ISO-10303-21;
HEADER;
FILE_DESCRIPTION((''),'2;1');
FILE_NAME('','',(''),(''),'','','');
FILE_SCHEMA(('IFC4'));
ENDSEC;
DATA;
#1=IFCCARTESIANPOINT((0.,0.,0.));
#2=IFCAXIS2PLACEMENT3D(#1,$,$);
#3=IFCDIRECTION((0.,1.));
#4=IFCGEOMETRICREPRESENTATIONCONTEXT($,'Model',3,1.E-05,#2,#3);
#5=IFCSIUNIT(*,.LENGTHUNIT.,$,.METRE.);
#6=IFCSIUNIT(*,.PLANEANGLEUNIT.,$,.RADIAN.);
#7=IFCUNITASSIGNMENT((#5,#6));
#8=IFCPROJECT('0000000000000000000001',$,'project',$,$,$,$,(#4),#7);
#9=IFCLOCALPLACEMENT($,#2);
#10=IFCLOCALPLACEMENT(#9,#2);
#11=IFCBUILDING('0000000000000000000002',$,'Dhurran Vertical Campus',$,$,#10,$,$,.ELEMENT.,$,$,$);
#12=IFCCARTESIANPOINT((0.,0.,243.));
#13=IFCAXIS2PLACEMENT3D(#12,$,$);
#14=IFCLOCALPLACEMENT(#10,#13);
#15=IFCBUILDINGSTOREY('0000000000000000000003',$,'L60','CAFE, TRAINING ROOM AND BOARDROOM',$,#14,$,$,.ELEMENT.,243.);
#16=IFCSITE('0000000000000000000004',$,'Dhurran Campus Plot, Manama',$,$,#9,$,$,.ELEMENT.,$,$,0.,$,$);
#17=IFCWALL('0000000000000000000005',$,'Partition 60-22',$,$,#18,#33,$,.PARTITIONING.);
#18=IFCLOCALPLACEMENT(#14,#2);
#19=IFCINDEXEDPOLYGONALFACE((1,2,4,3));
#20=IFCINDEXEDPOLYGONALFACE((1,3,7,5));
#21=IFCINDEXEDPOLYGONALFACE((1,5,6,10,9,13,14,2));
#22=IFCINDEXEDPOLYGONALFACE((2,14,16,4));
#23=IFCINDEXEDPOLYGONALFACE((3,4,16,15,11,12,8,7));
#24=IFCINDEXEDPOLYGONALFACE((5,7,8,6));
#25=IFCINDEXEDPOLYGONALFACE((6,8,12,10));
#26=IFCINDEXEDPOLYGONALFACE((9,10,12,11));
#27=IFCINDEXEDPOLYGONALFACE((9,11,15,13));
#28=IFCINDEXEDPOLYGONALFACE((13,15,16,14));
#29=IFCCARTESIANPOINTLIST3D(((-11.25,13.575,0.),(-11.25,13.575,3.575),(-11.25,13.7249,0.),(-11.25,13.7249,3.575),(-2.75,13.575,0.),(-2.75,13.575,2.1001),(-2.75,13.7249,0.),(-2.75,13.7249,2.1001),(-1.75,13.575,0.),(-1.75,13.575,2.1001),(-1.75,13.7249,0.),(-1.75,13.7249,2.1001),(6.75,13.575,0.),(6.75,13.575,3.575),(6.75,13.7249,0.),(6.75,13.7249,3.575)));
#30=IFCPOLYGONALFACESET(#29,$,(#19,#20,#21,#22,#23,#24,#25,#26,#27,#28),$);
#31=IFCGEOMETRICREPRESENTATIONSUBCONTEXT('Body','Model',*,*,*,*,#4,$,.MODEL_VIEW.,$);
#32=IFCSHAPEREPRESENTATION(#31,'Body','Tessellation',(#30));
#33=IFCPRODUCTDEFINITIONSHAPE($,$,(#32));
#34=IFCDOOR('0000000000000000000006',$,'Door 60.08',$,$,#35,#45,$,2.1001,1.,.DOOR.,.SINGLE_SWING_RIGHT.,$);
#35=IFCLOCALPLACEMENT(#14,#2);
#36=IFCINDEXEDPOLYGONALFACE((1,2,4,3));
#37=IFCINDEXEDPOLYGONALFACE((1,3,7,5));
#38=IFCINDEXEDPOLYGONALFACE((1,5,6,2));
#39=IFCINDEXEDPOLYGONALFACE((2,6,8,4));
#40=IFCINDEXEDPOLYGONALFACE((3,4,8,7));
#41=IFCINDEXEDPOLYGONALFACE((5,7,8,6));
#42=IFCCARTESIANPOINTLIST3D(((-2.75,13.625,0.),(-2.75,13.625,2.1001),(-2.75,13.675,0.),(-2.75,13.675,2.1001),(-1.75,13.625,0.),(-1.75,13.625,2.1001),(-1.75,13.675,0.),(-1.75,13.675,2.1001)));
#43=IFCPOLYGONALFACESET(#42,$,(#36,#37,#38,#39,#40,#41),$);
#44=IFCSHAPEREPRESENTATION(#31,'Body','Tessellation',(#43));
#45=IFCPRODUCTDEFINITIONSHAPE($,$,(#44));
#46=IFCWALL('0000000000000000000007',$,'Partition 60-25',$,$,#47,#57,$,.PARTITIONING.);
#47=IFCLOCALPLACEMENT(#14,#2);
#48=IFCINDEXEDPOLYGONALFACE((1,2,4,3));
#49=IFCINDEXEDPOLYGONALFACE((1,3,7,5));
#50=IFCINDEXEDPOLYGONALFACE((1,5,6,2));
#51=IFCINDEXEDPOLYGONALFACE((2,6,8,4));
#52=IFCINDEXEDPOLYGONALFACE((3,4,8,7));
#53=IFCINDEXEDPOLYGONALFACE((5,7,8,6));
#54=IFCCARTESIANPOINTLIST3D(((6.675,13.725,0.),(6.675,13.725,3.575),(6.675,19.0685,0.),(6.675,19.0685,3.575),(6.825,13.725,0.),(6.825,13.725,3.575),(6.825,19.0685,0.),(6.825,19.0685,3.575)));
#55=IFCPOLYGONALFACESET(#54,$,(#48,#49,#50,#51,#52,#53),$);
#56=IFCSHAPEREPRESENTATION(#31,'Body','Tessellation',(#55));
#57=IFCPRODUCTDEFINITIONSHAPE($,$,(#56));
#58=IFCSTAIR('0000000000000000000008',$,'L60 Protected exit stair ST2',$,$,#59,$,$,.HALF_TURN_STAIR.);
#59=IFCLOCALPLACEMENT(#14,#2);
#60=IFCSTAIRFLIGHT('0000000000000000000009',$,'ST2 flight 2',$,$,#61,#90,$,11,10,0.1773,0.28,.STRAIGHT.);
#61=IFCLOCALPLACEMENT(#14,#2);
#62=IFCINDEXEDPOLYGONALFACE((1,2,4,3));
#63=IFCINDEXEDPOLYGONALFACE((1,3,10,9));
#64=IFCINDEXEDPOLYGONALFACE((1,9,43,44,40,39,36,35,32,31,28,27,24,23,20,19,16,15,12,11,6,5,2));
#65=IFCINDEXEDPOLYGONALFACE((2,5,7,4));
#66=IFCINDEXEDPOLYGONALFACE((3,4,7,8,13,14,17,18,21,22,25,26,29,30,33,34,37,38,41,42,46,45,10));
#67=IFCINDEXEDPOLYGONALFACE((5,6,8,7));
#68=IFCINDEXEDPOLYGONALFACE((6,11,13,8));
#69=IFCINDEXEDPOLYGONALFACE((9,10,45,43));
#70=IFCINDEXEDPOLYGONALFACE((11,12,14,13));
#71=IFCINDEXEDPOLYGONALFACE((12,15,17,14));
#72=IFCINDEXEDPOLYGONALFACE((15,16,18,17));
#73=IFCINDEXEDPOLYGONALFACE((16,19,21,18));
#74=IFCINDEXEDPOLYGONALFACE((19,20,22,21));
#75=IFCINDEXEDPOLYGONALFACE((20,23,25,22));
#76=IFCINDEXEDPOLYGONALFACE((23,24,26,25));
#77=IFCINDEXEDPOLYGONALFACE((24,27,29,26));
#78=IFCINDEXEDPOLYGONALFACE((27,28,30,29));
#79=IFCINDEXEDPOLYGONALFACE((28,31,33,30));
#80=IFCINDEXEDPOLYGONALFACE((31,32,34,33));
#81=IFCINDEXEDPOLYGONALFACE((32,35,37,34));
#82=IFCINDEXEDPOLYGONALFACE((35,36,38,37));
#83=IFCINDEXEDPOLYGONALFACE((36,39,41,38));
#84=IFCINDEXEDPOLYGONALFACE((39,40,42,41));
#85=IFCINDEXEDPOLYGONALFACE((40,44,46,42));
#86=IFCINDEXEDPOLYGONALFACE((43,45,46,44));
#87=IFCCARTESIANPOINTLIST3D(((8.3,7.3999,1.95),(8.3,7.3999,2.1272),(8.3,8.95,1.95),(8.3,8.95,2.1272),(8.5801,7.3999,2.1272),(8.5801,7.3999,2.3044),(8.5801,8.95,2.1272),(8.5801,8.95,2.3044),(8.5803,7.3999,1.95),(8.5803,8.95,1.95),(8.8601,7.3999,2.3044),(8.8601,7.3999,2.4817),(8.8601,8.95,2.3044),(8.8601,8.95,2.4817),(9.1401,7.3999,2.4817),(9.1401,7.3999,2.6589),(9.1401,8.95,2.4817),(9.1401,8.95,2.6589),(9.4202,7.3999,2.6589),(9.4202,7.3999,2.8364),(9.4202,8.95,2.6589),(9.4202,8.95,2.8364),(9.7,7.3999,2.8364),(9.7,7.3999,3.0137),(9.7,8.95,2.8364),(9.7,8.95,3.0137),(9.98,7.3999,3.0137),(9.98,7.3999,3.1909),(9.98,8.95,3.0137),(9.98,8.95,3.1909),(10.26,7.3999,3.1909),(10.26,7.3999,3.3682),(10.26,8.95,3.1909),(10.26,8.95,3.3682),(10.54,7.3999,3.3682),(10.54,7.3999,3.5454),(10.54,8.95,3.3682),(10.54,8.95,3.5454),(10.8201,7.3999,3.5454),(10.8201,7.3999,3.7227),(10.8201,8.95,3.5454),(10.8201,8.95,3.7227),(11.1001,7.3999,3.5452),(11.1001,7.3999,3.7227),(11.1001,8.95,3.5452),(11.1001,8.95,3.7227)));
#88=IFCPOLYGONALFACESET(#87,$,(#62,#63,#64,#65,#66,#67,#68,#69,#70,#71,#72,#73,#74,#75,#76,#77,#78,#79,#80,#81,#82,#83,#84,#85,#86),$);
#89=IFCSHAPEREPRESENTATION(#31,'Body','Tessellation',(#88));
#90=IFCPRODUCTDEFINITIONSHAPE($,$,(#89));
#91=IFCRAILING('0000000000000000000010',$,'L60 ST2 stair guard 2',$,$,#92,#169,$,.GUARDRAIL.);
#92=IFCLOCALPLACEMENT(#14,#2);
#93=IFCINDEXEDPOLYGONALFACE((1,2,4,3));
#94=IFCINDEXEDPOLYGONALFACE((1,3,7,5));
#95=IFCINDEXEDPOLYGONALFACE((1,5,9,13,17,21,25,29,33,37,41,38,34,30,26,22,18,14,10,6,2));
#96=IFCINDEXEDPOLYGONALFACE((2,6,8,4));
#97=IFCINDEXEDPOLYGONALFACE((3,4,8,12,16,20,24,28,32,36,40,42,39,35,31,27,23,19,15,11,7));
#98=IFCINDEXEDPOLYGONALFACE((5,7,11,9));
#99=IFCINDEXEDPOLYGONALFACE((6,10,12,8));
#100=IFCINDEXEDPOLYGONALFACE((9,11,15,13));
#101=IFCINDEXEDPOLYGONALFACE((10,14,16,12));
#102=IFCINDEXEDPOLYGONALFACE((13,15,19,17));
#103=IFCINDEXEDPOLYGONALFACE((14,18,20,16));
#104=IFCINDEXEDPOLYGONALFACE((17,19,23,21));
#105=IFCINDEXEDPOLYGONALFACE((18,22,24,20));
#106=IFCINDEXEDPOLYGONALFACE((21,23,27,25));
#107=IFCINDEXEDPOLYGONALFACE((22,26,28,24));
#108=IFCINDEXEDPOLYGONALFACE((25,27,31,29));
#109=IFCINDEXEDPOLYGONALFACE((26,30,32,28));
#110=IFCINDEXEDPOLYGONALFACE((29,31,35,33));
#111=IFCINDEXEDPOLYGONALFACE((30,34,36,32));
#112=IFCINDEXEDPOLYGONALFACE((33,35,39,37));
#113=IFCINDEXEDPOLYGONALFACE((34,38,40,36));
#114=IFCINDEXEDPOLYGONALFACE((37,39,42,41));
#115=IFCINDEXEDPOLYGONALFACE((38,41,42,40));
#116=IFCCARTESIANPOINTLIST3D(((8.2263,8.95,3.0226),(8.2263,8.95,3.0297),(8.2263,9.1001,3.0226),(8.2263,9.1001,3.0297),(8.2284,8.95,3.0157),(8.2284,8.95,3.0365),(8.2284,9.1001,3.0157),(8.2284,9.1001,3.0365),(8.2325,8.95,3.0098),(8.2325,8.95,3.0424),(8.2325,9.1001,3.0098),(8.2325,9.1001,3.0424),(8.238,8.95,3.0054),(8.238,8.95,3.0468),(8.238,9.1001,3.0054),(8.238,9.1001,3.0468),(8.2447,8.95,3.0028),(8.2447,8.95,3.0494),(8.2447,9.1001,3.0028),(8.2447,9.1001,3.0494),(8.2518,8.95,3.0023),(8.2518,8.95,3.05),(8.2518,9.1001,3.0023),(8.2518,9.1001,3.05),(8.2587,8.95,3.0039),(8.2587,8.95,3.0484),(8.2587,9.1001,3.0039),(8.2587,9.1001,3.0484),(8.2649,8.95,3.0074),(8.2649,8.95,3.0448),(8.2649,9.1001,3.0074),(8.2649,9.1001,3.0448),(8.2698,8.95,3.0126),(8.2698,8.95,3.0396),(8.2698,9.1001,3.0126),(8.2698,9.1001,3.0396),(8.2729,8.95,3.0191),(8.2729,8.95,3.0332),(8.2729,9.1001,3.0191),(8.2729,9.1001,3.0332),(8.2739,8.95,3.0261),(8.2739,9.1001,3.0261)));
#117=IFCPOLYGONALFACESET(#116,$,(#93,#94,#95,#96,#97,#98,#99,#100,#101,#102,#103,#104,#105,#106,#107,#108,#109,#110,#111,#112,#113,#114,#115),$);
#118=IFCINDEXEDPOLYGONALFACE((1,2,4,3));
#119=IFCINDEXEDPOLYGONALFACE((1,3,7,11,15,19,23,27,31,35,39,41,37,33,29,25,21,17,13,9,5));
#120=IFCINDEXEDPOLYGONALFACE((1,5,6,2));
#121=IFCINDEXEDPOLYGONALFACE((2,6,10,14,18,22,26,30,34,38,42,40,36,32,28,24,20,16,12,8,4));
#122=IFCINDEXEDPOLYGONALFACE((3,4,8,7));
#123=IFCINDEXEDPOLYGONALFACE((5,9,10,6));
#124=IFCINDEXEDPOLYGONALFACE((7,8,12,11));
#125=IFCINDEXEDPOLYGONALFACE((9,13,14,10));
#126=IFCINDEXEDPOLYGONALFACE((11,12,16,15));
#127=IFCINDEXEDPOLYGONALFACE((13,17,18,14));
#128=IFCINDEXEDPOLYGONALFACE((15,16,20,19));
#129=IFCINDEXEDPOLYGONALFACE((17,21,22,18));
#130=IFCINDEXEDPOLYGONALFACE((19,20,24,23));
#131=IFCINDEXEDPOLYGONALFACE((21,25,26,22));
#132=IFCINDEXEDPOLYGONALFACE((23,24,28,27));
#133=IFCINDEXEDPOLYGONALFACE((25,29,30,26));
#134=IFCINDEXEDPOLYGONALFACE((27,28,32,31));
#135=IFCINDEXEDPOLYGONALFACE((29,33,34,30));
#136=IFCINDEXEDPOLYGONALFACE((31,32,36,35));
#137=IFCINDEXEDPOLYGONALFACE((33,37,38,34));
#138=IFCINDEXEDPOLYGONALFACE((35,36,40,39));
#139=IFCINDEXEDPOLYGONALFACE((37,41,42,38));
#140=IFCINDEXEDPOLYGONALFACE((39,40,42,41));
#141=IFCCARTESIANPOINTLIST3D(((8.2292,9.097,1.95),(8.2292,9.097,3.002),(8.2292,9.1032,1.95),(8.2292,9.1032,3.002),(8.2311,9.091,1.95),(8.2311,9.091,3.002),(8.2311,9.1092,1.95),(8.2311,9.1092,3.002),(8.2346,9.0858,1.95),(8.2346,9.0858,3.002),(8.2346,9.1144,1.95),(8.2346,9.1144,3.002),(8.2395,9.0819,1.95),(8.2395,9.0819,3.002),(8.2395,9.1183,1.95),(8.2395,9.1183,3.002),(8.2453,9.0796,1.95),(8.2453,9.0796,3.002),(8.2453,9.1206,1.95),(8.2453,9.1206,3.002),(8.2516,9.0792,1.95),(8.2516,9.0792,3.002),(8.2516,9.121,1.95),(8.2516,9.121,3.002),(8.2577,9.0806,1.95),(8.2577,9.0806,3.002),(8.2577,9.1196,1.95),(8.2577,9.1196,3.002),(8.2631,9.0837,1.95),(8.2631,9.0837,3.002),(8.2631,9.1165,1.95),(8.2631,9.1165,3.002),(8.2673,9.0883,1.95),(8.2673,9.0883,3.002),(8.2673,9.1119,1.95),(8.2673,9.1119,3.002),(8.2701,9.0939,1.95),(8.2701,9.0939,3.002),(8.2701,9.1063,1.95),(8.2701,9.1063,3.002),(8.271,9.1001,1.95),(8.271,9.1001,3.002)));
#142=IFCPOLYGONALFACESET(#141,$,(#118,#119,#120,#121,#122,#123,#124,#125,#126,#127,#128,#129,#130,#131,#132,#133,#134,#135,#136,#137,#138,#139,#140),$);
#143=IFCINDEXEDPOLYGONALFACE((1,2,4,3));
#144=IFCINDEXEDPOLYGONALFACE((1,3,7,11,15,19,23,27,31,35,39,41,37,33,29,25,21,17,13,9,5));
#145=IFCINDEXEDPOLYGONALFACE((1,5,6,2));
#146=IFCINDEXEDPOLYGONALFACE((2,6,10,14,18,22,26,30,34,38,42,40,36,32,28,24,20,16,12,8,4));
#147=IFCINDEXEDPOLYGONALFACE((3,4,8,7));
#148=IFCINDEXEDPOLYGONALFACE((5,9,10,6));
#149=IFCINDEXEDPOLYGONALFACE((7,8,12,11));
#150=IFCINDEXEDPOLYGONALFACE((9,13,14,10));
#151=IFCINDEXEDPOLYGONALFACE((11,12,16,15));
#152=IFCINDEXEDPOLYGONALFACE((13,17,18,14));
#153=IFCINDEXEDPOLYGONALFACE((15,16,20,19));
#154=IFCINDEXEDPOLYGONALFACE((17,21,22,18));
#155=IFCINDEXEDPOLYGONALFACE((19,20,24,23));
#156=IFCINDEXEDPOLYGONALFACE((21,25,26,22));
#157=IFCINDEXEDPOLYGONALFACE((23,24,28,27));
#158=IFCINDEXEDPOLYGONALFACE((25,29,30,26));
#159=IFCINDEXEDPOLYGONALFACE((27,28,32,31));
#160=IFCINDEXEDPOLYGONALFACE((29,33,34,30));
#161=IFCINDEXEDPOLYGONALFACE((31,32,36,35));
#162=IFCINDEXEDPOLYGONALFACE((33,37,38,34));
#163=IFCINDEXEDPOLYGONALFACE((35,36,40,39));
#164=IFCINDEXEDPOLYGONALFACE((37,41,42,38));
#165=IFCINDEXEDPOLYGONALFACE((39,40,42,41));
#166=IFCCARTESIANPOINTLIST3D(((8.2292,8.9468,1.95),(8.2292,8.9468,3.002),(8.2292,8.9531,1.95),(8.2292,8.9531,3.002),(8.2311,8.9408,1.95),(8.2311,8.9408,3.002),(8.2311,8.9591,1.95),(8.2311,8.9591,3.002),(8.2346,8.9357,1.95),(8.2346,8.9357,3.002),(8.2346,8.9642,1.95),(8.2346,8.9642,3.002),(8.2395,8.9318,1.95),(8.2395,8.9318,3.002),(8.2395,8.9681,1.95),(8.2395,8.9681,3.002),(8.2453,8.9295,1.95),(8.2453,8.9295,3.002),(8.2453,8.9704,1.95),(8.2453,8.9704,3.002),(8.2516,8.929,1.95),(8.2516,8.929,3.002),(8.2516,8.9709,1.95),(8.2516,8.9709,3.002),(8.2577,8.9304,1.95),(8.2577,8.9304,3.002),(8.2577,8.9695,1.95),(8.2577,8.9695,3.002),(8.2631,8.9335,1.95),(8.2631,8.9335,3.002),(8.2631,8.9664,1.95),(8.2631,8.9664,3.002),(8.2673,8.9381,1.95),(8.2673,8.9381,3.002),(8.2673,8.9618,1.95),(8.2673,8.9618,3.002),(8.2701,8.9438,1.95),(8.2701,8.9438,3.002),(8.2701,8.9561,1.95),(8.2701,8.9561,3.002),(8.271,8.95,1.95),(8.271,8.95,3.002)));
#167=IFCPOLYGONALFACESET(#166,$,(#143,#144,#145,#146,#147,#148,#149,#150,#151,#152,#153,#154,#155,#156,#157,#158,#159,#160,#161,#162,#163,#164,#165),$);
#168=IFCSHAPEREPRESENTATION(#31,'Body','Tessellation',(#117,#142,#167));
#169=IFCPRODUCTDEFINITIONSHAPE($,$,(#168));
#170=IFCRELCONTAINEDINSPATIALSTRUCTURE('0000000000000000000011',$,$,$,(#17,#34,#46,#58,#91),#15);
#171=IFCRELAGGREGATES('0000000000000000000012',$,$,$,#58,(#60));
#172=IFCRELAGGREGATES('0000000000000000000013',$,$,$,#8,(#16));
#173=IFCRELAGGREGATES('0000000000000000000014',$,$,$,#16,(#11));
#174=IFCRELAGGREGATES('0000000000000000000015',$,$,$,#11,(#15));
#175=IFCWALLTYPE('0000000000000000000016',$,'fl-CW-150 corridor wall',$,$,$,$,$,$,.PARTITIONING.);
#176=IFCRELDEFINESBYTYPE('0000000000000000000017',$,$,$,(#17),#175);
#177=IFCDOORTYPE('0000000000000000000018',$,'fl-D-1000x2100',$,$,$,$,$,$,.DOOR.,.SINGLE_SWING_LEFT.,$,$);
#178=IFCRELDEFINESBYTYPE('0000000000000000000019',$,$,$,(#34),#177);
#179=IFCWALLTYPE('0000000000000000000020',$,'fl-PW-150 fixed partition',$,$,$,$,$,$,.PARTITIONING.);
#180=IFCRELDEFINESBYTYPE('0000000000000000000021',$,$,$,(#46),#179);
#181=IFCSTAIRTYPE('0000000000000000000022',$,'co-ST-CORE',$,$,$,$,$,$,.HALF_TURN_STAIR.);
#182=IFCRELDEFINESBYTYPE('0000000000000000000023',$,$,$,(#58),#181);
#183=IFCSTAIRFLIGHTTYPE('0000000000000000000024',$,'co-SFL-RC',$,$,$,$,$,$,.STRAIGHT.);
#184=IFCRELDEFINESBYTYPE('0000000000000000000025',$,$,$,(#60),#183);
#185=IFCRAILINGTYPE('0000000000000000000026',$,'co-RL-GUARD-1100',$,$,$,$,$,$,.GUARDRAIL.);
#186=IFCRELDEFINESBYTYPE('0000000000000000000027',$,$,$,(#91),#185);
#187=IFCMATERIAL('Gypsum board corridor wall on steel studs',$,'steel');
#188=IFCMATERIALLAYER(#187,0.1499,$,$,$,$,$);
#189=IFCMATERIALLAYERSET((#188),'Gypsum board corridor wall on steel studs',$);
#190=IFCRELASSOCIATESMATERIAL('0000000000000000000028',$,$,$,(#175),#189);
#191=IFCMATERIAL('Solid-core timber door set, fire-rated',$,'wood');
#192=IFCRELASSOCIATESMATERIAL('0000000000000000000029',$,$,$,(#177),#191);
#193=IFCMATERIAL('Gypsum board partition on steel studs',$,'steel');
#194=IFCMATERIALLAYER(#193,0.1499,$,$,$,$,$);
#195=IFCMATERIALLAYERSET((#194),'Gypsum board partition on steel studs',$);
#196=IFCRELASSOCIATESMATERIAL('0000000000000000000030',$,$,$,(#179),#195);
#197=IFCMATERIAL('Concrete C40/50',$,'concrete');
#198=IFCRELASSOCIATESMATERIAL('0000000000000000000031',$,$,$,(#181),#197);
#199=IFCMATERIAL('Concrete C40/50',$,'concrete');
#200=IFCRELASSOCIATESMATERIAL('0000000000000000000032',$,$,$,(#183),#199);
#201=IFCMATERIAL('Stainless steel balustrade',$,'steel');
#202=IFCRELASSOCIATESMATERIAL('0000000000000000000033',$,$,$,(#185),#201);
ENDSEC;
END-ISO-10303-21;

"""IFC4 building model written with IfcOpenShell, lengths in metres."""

from ifc_helpers import new_model, si_unit, direction, frame, frame_2d, origin, origin_2d, place, context, subcontext, project, spatial, polyline, rectangle, circle, outline, extrude, material, layer, layer_set, type_object, element, fill, aggregate, save


model = new_model("IFC4")

# Units and contexts
model_context = context("Model", 3, precision=1e-05, world=origin(), true_north=direction((0.0, 1.0)))
body_context = subcontext(model_context, "Body", "Model", "MODEL_VIEW")
ifc_project = project(units=[si_unit("LENGTHUNIT", "METRE"), si_unit("PLANEANGLEUNIT", "RADIAN")], contexts=[model_context])

# Site, building, storey
site_placement = place(None, origin())
site = spatial("IfcSite", under=ifc_project, at=site_placement, Name="Dhurran Campus Plot, Manama", CompositionType="ELEMENT", RefElevation=0.0)
building_placement = place(site_placement, origin())
building = spatial("IfcBuilding", under=site, at=building_placement, Name="Dhurran Vertical Campus", CompositionType="ELEMENT")
storey_placement = place(building_placement, frame((0.0, 0.0, 243.0)))
storey = spatial("IfcBuildingStorey", under=building, at=storey_placement, Name="L60", Description="CAFE, TRAINING ROOM AND BOARDROOM", CompositionType="ELEMENT", Elevation=243.0)

# Wall, opening, door
ifc_material_1 = material(Name="Gypsum board corridor wall on steel studs", Category="steel")
ifc_layer_1 = layer(ifc_material_1, 0.1499)
ifc_layer_set_1 = layer_set([ifc_layer_1], Name="Gypsum board corridor wall on steel studs")
wall_type_1 = type_object("IfcWallType", Name="fl-CW-150 corridor wall", PredefinedType="PARTITIONING", material=ifc_layer_set_1)
wall_1_placement = place(storey_placement, frame((6.75, 13.6499, 0.0), z_axis=(0.0, 0.0, 1.0), x_axis=(-1.0, 0.0, 0.0)))
wall_1 = element("IfcWall", 1, at=wall_1_placement, inside=storey, type_object=wall_type_1, Name="Partition 60-22", PredefinedType="PARTITIONING", context=body_context, shape_type="SweptSolid", body=[
    extrude(rectangle(XDim=18.0, YDim=0.1499, at=frame_2d((9.0, 0.0))), origin(), (0.0, 0.0, 1.0), 3.575),
])
opening_1_placement = place(wall_1_placement, frame((8.5, 0.0, 0.0)))
opening_1 = element("IfcOpeningElement", 2, at=opening_1_placement, cuts=wall_1, PredefinedType="OPENING", context=body_context, shape_type="SweptSolid", body=[
    extrude(rectangle(XDim=1.0, YDim=2.1001, at=frame_2d((0.5, 1.05))), frame((0.0, 0.085, 0.0), z_axis=(0.0, -1.0, 0.0), x_axis=(1.0, 0.0, 0.0)), (0.0, 0.0, 1.0), 0.1699),
])
ifc_material_2 = material(Name="Solid-core timber door set, fire-rated", Category="wood")
door_type_1 = type_object("IfcDoorType", Name="fl-D-1000x2100", OperationType="SINGLE_SWING_LEFT", PredefinedType="DOOR", material=ifc_material_2)
door_1_placement = place(opening_1_placement, origin())
door_1 = element("IfcDoor", 3, at=door_1_placement, inside=storey, type_object=door_type_1, Name="Door 60.08", OperationType="SINGLE_SWING_RIGHT", OverallHeight=2.1001, OverallWidth=1.0, PredefinedType="DOOR", context=body_context, shape_type="SweptSolid", body=[
    extrude(rectangle(XDim=1.0, YDim=2.1001, at=frame_2d((0.5, 1.05))), frame((0.0, 0.0249, 0.0), z_axis=(0.0, -1.0, 0.0), x_axis=(1.0, 0.0, 0.0)), (0.0, 0.0, 1.0), 0.05),
])
fill(opening_1, door_1)

# Wall
ifc_material_3 = material(Name="Gypsum board partition on steel studs", Category="steel")
ifc_layer_2 = layer(ifc_material_3, 0.1499)
ifc_layer_set_2 = layer_set([ifc_layer_2], Name="Gypsum board partition on steel studs")
wall_type_2 = type_object("IfcWallType", Name="fl-PW-150 fixed partition", PredefinedType="PARTITIONING", material=ifc_layer_set_2)
wall_2_placement = place(storey_placement, frame((6.75, 19.0686, 0.0), z_axis=(0.0, 0.0, 1.0), x_axis=(0.0, -1.0, 0.0)))
element("IfcWall", 4, at=wall_2_placement, inside=storey, type_object=wall_type_2, Name="Partition 60-25", PredefinedType="PARTITIONING", context=body_context, shape_type="SweptSolid", body=[
    extrude(rectangle(XDim=5.3435, YDim=0.1499, at=frame_2d((2.6719, 0.0))), origin(), (0.0, 0.0, 1.0), 3.575),
])

# Stair, stair flight
ifc_material_4 = material(Name="Concrete C40/50", Category="concrete")
stair_type = type_object("IfcStairType", Name="co-ST-CORE", PredefinedType="HALF_TURN_STAIR", material=ifc_material_4)
stair_placement = place(storey_placement, origin())
stair = element("IfcStair", 5, at=stair_placement, inside=storey, type_object=stair_type, Name="L60 Protected exit stair ST2", PredefinedType="HALF_TURN_STAIR")
ifc_material_5 = material(Name="Concrete C40/50", Category="concrete")
stair_flight_type = type_object("IfcStairFlightType", Name="co-SFL-RC", PredefinedType="STRAIGHT", material=ifc_material_5)
stair_flight_placement = place(storey_placement, frame((8.3, 8.175, 1.95), z_axis=(0.0, 0.0, 1.0), x_axis=(1.0, 0.0, 0.0)))
stair_flight = element("IfcStairFlight", 6, at=stair_flight_placement, type_object=stair_flight_type, Name="ST2 flight 2", NumberOfRisers=11, NumberOfTreads=10, PredefinedType="STRAIGHT", RiserHeight=0.1773, TreadLength=0.28, context=body_context, shape_type="SweptSolid", body=[
    extrude(outline(polyline([(0.0, 0.0), (0.0, 0.1772), (0.28, 0.1772), (0.28, 0.3545), (0.5601, 0.3545), (0.5601, 0.5317), (0.8401, 0.5317), (0.8401, 0.709), (1.1201, 0.709), (1.1201, 0.8865), (1.3999, 0.8865), (1.3999, 1.0637), (1.6799, 1.0637), (1.6799, 1.241), (1.96, 1.241), (1.96, 1.4182), (2.24, 1.4182), (2.24, 1.5955), (2.52, 1.5955), (2.52, 1.7727), (2.8, 1.7727), (2.8, 1.95), (2.8, 1.5952), (0.2803, 0.0), (0.0, 0.0)])), frame((0.0, 0.7749, 0.0), z_axis=(0.0, -1.0, 0.0), x_axis=(1.0, 0.0, 0.0)), (0.0, 0.0, 1.0), 1.55),
])
aggregate(stair, [stair_flight])

# Railing
ifc_material_6 = material(Name="Stainless steel balustrade", Category="steel")
railing_type_1 = type_object("IfcRailingType", Name="co-RL-GUARD-1100", PredefinedType="GUARDRAIL", material=ifc_material_6)
railing_1_placement = place(storey_placement, frame((8.25, 9.1001, 1.95)))
element("IfcRailing", 7, at=railing_1_placement, inside=storey, type_object=railing_type_1, Name="L60 ST2 stair guard 2", PredefinedType="GUARDRAIL", context=body_context, shape_type="SweptSolid", body=[
    extrude(circle(Radius=0.0239, at=origin_2d()), frame((0.0, 0.0, 1.0762), z_axis=(0.0, -1.0, 0.0), x_axis=(1.0, 0.0, 0.0)), (0.0, 0.0, 1.0), 0.1501),
    extrude(circle(Radius=0.021, at=origin_2d()), origin(), (0.0, 0.0, 1.0), 1.052),
    extrude(circle(Radius=0.021, at=origin_2d()), frame((0.0, -0.1501, 0.0)), (0.0, 0.0, 1.0), 1.052),
])

save(model, "model.ifc")
